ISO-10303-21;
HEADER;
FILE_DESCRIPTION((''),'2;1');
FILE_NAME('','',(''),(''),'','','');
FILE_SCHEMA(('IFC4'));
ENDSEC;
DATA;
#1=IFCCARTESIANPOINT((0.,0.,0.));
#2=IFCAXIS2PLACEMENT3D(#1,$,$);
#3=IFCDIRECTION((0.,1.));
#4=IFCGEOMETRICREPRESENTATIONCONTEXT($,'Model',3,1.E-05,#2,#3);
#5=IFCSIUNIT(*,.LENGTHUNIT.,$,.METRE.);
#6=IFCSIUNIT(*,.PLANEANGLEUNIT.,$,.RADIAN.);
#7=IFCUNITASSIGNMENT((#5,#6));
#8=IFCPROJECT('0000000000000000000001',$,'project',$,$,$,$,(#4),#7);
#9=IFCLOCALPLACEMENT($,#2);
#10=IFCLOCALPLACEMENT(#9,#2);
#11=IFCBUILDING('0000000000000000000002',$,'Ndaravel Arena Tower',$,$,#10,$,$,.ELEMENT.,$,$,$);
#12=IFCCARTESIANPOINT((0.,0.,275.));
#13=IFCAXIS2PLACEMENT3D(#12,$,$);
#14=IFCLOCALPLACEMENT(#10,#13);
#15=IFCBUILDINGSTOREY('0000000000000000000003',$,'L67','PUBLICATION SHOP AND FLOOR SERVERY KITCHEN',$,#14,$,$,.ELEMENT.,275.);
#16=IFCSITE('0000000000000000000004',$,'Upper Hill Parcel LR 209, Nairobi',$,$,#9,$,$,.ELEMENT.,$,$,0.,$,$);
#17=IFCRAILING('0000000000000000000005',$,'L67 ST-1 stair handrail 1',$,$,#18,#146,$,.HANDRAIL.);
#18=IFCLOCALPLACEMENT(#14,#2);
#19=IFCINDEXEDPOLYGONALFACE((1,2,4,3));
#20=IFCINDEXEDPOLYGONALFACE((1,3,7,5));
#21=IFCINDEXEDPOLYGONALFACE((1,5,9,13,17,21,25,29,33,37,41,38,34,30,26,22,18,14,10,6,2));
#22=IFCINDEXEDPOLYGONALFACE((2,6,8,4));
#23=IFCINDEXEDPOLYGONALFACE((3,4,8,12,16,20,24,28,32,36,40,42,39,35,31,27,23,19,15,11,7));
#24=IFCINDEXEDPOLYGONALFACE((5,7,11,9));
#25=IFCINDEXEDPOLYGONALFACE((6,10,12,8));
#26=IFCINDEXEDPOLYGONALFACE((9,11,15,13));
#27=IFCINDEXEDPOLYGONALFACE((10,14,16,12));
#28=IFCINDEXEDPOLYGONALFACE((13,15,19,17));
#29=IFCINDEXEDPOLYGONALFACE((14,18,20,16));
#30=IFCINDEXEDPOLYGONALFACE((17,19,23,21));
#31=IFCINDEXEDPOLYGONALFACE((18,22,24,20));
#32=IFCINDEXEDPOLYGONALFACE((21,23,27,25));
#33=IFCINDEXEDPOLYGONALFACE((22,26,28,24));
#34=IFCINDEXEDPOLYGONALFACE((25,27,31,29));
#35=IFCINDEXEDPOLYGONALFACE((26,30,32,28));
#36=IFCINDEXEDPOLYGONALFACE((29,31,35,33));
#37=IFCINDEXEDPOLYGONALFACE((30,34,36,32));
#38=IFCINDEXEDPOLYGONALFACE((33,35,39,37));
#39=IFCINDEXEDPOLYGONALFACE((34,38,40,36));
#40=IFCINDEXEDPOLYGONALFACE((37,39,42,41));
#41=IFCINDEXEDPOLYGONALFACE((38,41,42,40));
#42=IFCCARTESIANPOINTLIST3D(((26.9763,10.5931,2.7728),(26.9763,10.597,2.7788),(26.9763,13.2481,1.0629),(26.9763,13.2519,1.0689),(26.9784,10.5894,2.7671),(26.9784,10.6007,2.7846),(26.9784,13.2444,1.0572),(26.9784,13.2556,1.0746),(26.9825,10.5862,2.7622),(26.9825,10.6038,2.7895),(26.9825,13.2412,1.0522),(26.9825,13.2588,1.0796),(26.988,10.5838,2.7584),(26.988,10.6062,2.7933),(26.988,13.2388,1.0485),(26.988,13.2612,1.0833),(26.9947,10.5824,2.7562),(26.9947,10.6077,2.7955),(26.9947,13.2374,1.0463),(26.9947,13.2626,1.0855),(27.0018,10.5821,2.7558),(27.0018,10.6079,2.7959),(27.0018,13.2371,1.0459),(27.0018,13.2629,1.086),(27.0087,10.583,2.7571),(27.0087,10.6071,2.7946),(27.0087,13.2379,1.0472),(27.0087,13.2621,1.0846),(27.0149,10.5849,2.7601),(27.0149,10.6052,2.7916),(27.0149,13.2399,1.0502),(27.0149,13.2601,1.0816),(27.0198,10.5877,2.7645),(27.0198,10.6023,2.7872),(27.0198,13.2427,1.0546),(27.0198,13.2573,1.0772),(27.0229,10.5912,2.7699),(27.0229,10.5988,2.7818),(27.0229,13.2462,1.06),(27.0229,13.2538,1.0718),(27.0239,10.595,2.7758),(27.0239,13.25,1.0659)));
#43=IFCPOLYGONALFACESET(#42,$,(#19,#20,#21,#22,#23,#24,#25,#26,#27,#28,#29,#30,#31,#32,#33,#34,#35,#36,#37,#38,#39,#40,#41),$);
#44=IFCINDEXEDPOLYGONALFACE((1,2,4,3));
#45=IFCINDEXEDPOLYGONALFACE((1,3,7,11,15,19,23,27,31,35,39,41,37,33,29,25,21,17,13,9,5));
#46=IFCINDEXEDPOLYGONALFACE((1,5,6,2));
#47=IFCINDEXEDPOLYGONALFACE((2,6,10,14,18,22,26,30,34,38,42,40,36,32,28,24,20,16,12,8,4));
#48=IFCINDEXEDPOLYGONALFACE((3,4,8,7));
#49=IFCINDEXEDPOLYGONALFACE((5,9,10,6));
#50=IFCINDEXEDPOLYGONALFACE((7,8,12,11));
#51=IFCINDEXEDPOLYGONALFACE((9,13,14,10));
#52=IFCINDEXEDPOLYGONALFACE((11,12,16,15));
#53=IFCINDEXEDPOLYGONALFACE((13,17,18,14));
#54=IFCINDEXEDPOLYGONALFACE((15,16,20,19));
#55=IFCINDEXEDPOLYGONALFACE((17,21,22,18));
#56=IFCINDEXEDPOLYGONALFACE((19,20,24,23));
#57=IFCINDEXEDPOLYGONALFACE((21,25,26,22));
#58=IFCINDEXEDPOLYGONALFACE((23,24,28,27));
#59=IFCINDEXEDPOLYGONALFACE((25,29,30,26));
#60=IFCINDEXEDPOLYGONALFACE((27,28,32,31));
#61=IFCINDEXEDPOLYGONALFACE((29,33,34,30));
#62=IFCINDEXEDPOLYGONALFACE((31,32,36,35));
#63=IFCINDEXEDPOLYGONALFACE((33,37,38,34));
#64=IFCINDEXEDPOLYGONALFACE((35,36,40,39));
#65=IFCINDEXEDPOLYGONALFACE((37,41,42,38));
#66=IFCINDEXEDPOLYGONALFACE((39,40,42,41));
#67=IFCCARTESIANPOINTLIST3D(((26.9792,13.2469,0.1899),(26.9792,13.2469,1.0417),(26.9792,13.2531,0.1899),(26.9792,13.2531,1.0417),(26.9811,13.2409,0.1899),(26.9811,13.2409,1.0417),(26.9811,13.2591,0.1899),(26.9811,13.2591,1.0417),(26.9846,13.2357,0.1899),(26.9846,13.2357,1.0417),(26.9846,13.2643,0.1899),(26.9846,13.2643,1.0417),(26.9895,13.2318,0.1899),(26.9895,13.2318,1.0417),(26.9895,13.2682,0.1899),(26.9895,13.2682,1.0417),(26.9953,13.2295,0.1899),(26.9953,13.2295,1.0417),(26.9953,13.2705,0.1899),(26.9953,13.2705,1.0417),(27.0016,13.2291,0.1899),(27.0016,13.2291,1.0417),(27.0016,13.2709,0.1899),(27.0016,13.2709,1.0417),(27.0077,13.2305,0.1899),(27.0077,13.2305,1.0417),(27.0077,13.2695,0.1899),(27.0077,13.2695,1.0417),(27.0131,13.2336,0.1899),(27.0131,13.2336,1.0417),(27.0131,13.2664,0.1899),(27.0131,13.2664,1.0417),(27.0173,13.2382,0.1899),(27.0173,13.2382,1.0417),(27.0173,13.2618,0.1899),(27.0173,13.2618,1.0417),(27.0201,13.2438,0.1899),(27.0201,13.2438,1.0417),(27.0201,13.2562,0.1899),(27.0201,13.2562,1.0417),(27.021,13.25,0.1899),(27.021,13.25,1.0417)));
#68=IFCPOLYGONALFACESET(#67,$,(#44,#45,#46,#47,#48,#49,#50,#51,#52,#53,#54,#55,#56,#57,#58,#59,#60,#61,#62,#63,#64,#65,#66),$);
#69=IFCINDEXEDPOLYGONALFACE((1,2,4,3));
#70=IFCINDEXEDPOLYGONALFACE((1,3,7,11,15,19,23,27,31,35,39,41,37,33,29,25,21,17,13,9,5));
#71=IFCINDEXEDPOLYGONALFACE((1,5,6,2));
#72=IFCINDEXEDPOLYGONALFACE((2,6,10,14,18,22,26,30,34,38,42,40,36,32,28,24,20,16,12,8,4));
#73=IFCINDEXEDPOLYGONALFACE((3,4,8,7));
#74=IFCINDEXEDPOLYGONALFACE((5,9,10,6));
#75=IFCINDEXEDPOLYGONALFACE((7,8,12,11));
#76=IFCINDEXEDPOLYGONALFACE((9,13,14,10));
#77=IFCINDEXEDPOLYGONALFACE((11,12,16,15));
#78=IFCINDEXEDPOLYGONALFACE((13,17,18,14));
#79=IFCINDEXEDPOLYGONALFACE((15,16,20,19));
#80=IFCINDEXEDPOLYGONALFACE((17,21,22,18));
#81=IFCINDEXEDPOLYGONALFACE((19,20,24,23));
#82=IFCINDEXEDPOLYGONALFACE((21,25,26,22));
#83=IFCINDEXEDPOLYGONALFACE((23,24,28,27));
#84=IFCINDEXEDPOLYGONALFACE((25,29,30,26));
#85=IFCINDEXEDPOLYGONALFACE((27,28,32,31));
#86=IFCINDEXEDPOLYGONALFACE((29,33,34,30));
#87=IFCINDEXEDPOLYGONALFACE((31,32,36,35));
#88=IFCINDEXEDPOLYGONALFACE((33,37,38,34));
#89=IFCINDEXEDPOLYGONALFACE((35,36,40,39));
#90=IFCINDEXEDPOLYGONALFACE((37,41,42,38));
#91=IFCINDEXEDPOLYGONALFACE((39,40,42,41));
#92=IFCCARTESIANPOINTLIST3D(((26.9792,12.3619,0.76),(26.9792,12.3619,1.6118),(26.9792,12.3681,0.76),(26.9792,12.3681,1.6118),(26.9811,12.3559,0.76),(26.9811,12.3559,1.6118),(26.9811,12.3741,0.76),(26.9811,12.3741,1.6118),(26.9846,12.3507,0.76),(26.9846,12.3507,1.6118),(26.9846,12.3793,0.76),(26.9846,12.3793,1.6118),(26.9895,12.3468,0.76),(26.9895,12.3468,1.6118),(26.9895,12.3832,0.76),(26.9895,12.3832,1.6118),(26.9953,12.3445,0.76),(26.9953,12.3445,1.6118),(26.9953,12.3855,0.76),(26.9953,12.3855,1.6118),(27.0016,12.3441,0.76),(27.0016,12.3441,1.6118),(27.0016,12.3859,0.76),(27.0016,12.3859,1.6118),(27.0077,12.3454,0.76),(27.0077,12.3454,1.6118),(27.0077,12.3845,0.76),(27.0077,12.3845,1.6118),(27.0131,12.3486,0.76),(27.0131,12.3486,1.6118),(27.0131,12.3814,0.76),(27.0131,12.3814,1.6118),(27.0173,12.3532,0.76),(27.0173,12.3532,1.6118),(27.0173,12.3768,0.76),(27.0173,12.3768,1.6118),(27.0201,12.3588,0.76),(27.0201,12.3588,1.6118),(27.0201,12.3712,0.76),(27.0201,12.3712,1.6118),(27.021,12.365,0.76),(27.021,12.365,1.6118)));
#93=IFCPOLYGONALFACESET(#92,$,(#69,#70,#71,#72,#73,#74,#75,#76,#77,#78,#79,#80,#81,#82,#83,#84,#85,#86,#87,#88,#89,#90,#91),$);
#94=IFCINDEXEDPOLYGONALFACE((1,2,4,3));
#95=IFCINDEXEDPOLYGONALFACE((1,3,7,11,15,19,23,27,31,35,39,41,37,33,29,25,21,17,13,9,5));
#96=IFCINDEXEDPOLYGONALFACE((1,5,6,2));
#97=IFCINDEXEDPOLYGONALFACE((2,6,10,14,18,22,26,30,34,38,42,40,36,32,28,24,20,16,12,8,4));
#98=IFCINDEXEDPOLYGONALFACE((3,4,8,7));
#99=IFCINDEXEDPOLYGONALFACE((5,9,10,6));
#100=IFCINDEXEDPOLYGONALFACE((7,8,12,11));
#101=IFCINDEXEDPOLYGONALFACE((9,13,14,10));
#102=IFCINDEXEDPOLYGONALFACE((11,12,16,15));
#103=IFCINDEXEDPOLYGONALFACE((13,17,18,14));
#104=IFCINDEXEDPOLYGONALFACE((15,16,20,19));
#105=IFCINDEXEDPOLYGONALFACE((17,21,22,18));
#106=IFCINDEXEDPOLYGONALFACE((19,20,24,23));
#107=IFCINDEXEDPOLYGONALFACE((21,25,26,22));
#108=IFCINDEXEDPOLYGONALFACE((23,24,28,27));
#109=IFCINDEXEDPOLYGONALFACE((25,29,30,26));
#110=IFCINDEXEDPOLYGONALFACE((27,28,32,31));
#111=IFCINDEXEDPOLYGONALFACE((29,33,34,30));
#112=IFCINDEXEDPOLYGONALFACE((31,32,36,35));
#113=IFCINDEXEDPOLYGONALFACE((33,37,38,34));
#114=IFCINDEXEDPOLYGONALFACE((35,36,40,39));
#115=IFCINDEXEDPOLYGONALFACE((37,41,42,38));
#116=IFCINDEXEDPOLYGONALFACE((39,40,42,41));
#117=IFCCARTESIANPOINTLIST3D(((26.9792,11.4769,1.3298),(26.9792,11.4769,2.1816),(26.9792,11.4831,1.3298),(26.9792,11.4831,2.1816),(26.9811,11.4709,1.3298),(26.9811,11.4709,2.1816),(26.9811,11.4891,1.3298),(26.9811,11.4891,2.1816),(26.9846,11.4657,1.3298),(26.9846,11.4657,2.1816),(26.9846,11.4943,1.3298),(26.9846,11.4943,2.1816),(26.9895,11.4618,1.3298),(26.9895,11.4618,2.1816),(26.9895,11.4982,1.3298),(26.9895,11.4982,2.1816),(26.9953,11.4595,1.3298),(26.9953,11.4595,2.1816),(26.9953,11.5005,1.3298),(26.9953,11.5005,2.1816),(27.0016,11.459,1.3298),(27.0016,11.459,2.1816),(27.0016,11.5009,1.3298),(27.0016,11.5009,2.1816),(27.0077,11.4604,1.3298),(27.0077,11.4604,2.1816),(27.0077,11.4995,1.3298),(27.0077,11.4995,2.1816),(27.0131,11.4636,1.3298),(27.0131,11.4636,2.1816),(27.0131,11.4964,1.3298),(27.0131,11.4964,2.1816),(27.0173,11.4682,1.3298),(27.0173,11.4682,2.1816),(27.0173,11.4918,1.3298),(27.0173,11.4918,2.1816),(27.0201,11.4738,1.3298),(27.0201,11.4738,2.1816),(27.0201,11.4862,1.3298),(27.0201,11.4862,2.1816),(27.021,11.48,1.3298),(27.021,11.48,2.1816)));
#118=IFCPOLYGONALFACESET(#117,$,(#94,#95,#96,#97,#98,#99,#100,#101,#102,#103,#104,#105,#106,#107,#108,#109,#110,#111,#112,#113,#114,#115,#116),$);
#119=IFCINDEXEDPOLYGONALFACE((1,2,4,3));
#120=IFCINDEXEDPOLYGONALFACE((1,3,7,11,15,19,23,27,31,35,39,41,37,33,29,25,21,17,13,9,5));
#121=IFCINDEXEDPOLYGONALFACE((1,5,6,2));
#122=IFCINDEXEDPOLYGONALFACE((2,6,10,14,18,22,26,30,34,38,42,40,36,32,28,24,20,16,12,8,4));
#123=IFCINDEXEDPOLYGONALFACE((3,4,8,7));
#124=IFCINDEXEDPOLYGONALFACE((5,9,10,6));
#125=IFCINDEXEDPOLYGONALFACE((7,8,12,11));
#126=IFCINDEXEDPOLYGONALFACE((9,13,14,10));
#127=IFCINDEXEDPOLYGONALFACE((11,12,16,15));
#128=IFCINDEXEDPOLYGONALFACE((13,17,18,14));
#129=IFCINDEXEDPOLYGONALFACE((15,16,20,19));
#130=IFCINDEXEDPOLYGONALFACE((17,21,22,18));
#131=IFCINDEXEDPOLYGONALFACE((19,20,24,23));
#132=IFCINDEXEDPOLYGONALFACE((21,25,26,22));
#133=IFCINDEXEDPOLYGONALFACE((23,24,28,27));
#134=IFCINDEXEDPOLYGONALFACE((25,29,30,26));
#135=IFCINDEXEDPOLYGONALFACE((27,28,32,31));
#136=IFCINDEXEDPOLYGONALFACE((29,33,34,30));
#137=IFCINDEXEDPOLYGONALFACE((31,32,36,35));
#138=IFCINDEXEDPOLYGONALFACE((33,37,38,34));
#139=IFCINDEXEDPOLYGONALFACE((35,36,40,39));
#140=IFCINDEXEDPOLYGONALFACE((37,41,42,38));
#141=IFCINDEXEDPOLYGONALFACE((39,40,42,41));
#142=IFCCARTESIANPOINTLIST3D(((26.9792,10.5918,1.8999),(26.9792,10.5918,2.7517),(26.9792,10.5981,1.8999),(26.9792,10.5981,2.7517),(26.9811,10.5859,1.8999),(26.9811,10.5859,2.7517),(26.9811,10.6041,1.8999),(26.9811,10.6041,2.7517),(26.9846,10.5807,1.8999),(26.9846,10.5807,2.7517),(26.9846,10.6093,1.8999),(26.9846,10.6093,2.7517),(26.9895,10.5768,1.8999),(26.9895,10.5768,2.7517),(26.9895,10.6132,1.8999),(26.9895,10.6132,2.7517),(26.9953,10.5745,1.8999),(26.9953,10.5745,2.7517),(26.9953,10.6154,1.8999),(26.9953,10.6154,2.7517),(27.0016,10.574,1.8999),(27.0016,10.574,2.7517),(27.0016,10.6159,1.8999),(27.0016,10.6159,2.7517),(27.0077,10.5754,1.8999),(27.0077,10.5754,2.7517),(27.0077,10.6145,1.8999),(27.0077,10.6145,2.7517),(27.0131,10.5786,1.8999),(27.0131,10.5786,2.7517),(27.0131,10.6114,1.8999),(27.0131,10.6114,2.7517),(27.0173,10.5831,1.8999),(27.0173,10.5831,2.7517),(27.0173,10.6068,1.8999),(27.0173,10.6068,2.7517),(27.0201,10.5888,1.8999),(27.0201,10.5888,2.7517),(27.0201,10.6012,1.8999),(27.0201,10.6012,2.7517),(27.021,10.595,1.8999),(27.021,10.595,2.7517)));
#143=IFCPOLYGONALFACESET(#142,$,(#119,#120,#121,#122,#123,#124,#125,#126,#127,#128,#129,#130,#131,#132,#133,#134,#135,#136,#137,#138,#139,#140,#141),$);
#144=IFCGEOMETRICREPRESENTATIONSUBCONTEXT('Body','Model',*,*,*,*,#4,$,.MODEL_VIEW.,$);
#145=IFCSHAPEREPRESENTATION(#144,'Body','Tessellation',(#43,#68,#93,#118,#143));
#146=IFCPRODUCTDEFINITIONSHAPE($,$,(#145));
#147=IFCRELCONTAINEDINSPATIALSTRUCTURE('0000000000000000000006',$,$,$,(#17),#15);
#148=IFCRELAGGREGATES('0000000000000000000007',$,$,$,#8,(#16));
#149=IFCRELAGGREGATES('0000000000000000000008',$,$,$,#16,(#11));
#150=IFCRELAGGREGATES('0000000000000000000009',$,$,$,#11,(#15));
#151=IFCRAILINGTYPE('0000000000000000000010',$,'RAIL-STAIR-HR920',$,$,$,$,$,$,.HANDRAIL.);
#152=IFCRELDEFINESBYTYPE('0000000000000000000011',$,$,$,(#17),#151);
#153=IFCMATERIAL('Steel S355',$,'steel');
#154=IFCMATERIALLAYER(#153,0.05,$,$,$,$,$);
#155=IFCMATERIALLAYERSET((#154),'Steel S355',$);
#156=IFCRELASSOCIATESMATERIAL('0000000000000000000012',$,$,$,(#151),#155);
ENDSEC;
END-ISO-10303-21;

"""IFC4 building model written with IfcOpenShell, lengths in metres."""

from ifc_helpers import new_model, si_unit, direction, frame, origin, origin_2d, place, context, subcontext, project, spatial, circle, extrude, material, layer, layer_set, type_object, element, save


model = new_model("IFC4")

# Units and contexts
model_context = context("Model", 3, precision=1e-05, world=origin(), true_north=direction((0.0, 1.0)))
body_context = subcontext(model_context, "Body", "Model", "MODEL_VIEW")
ifc_project = project(units=[si_unit("LENGTHUNIT", "METRE"), si_unit("PLANEANGLEUNIT", "RADIAN")], contexts=[model_context])

# Site, building, storey
site_placement = place(None, origin())
site = spatial("IfcSite", under=ifc_project, at=site_placement, Name="Upper Hill Parcel LR 209, Nairobi", CompositionType="ELEMENT", RefElevation=0.0)
building_placement = place(site_placement, origin())
building = spatial("IfcBuilding", under=site, at=building_placement, Name="Ndaravel Arena Tower", CompositionType="ELEMENT")
storey_placement = place(building_placement, frame((0.0, 0.0, 275.0)))
storey = spatial("IfcBuildingStorey", under=building, at=storey_placement, Name="L67", Description="PUBLICATION SHOP AND FLOOR SERVERY KITCHEN", CompositionType="ELEMENT", Elevation=275.0)

# Railing
ifc_material_1 = material(Name="Steel S355", Category="steel")
ifc_layer_1 = layer(ifc_material_1, 0.05)
ifc_layer_set_1 = layer_set([ifc_layer_1], Name="Steel S355")
railing_type_1 = type_object("IfcRailingType", Name="RAIL-STAIR-HR920", PredefinedType="HANDRAIL", material=ifc_layer_set_1)
railing_1_placement = place(storey_placement, frame((27.0, 13.25, 0.1899)))
element("IfcRailing", 1, at=railing_1_placement, inside=storey, type_object=railing_type_1, Name="L67 ST-1 stair handrail 1", PredefinedType="HANDRAIL", context=body_context, shape_type="SweptSolid", body=[
    extrude(circle(Radius=0.0239, at=origin_2d()), frame((0.0, 0.0, 0.876), z_axis=(0.0, -0.840724, 0.541465), x_axis=(1.0, 0.0, 0.0)), (0.0, 0.0, 1.0), 3.158),
    extrude(circle(Radius=0.021, at=origin_2d()), origin(), (0.0, 0.0, 1.0), 0.8518),
    extrude(circle(Radius=0.021, at=origin_2d()), frame((0.0, -0.885, 0.5701)), (0.0, 0.0, 1.0), 0.8518),
    extrude(circle(Radius=0.021, at=origin_2d()), frame((0.0, -1.77, 1.1399)), (0.0, 0.0, 1.0), 0.8518),
    extrude(circle(Radius=0.021, at=origin_2d()), frame((0.0, -2.655, 1.71)), (0.0, 0.0, 1.0), 0.8518),
])

save(model, "model.ifc")
